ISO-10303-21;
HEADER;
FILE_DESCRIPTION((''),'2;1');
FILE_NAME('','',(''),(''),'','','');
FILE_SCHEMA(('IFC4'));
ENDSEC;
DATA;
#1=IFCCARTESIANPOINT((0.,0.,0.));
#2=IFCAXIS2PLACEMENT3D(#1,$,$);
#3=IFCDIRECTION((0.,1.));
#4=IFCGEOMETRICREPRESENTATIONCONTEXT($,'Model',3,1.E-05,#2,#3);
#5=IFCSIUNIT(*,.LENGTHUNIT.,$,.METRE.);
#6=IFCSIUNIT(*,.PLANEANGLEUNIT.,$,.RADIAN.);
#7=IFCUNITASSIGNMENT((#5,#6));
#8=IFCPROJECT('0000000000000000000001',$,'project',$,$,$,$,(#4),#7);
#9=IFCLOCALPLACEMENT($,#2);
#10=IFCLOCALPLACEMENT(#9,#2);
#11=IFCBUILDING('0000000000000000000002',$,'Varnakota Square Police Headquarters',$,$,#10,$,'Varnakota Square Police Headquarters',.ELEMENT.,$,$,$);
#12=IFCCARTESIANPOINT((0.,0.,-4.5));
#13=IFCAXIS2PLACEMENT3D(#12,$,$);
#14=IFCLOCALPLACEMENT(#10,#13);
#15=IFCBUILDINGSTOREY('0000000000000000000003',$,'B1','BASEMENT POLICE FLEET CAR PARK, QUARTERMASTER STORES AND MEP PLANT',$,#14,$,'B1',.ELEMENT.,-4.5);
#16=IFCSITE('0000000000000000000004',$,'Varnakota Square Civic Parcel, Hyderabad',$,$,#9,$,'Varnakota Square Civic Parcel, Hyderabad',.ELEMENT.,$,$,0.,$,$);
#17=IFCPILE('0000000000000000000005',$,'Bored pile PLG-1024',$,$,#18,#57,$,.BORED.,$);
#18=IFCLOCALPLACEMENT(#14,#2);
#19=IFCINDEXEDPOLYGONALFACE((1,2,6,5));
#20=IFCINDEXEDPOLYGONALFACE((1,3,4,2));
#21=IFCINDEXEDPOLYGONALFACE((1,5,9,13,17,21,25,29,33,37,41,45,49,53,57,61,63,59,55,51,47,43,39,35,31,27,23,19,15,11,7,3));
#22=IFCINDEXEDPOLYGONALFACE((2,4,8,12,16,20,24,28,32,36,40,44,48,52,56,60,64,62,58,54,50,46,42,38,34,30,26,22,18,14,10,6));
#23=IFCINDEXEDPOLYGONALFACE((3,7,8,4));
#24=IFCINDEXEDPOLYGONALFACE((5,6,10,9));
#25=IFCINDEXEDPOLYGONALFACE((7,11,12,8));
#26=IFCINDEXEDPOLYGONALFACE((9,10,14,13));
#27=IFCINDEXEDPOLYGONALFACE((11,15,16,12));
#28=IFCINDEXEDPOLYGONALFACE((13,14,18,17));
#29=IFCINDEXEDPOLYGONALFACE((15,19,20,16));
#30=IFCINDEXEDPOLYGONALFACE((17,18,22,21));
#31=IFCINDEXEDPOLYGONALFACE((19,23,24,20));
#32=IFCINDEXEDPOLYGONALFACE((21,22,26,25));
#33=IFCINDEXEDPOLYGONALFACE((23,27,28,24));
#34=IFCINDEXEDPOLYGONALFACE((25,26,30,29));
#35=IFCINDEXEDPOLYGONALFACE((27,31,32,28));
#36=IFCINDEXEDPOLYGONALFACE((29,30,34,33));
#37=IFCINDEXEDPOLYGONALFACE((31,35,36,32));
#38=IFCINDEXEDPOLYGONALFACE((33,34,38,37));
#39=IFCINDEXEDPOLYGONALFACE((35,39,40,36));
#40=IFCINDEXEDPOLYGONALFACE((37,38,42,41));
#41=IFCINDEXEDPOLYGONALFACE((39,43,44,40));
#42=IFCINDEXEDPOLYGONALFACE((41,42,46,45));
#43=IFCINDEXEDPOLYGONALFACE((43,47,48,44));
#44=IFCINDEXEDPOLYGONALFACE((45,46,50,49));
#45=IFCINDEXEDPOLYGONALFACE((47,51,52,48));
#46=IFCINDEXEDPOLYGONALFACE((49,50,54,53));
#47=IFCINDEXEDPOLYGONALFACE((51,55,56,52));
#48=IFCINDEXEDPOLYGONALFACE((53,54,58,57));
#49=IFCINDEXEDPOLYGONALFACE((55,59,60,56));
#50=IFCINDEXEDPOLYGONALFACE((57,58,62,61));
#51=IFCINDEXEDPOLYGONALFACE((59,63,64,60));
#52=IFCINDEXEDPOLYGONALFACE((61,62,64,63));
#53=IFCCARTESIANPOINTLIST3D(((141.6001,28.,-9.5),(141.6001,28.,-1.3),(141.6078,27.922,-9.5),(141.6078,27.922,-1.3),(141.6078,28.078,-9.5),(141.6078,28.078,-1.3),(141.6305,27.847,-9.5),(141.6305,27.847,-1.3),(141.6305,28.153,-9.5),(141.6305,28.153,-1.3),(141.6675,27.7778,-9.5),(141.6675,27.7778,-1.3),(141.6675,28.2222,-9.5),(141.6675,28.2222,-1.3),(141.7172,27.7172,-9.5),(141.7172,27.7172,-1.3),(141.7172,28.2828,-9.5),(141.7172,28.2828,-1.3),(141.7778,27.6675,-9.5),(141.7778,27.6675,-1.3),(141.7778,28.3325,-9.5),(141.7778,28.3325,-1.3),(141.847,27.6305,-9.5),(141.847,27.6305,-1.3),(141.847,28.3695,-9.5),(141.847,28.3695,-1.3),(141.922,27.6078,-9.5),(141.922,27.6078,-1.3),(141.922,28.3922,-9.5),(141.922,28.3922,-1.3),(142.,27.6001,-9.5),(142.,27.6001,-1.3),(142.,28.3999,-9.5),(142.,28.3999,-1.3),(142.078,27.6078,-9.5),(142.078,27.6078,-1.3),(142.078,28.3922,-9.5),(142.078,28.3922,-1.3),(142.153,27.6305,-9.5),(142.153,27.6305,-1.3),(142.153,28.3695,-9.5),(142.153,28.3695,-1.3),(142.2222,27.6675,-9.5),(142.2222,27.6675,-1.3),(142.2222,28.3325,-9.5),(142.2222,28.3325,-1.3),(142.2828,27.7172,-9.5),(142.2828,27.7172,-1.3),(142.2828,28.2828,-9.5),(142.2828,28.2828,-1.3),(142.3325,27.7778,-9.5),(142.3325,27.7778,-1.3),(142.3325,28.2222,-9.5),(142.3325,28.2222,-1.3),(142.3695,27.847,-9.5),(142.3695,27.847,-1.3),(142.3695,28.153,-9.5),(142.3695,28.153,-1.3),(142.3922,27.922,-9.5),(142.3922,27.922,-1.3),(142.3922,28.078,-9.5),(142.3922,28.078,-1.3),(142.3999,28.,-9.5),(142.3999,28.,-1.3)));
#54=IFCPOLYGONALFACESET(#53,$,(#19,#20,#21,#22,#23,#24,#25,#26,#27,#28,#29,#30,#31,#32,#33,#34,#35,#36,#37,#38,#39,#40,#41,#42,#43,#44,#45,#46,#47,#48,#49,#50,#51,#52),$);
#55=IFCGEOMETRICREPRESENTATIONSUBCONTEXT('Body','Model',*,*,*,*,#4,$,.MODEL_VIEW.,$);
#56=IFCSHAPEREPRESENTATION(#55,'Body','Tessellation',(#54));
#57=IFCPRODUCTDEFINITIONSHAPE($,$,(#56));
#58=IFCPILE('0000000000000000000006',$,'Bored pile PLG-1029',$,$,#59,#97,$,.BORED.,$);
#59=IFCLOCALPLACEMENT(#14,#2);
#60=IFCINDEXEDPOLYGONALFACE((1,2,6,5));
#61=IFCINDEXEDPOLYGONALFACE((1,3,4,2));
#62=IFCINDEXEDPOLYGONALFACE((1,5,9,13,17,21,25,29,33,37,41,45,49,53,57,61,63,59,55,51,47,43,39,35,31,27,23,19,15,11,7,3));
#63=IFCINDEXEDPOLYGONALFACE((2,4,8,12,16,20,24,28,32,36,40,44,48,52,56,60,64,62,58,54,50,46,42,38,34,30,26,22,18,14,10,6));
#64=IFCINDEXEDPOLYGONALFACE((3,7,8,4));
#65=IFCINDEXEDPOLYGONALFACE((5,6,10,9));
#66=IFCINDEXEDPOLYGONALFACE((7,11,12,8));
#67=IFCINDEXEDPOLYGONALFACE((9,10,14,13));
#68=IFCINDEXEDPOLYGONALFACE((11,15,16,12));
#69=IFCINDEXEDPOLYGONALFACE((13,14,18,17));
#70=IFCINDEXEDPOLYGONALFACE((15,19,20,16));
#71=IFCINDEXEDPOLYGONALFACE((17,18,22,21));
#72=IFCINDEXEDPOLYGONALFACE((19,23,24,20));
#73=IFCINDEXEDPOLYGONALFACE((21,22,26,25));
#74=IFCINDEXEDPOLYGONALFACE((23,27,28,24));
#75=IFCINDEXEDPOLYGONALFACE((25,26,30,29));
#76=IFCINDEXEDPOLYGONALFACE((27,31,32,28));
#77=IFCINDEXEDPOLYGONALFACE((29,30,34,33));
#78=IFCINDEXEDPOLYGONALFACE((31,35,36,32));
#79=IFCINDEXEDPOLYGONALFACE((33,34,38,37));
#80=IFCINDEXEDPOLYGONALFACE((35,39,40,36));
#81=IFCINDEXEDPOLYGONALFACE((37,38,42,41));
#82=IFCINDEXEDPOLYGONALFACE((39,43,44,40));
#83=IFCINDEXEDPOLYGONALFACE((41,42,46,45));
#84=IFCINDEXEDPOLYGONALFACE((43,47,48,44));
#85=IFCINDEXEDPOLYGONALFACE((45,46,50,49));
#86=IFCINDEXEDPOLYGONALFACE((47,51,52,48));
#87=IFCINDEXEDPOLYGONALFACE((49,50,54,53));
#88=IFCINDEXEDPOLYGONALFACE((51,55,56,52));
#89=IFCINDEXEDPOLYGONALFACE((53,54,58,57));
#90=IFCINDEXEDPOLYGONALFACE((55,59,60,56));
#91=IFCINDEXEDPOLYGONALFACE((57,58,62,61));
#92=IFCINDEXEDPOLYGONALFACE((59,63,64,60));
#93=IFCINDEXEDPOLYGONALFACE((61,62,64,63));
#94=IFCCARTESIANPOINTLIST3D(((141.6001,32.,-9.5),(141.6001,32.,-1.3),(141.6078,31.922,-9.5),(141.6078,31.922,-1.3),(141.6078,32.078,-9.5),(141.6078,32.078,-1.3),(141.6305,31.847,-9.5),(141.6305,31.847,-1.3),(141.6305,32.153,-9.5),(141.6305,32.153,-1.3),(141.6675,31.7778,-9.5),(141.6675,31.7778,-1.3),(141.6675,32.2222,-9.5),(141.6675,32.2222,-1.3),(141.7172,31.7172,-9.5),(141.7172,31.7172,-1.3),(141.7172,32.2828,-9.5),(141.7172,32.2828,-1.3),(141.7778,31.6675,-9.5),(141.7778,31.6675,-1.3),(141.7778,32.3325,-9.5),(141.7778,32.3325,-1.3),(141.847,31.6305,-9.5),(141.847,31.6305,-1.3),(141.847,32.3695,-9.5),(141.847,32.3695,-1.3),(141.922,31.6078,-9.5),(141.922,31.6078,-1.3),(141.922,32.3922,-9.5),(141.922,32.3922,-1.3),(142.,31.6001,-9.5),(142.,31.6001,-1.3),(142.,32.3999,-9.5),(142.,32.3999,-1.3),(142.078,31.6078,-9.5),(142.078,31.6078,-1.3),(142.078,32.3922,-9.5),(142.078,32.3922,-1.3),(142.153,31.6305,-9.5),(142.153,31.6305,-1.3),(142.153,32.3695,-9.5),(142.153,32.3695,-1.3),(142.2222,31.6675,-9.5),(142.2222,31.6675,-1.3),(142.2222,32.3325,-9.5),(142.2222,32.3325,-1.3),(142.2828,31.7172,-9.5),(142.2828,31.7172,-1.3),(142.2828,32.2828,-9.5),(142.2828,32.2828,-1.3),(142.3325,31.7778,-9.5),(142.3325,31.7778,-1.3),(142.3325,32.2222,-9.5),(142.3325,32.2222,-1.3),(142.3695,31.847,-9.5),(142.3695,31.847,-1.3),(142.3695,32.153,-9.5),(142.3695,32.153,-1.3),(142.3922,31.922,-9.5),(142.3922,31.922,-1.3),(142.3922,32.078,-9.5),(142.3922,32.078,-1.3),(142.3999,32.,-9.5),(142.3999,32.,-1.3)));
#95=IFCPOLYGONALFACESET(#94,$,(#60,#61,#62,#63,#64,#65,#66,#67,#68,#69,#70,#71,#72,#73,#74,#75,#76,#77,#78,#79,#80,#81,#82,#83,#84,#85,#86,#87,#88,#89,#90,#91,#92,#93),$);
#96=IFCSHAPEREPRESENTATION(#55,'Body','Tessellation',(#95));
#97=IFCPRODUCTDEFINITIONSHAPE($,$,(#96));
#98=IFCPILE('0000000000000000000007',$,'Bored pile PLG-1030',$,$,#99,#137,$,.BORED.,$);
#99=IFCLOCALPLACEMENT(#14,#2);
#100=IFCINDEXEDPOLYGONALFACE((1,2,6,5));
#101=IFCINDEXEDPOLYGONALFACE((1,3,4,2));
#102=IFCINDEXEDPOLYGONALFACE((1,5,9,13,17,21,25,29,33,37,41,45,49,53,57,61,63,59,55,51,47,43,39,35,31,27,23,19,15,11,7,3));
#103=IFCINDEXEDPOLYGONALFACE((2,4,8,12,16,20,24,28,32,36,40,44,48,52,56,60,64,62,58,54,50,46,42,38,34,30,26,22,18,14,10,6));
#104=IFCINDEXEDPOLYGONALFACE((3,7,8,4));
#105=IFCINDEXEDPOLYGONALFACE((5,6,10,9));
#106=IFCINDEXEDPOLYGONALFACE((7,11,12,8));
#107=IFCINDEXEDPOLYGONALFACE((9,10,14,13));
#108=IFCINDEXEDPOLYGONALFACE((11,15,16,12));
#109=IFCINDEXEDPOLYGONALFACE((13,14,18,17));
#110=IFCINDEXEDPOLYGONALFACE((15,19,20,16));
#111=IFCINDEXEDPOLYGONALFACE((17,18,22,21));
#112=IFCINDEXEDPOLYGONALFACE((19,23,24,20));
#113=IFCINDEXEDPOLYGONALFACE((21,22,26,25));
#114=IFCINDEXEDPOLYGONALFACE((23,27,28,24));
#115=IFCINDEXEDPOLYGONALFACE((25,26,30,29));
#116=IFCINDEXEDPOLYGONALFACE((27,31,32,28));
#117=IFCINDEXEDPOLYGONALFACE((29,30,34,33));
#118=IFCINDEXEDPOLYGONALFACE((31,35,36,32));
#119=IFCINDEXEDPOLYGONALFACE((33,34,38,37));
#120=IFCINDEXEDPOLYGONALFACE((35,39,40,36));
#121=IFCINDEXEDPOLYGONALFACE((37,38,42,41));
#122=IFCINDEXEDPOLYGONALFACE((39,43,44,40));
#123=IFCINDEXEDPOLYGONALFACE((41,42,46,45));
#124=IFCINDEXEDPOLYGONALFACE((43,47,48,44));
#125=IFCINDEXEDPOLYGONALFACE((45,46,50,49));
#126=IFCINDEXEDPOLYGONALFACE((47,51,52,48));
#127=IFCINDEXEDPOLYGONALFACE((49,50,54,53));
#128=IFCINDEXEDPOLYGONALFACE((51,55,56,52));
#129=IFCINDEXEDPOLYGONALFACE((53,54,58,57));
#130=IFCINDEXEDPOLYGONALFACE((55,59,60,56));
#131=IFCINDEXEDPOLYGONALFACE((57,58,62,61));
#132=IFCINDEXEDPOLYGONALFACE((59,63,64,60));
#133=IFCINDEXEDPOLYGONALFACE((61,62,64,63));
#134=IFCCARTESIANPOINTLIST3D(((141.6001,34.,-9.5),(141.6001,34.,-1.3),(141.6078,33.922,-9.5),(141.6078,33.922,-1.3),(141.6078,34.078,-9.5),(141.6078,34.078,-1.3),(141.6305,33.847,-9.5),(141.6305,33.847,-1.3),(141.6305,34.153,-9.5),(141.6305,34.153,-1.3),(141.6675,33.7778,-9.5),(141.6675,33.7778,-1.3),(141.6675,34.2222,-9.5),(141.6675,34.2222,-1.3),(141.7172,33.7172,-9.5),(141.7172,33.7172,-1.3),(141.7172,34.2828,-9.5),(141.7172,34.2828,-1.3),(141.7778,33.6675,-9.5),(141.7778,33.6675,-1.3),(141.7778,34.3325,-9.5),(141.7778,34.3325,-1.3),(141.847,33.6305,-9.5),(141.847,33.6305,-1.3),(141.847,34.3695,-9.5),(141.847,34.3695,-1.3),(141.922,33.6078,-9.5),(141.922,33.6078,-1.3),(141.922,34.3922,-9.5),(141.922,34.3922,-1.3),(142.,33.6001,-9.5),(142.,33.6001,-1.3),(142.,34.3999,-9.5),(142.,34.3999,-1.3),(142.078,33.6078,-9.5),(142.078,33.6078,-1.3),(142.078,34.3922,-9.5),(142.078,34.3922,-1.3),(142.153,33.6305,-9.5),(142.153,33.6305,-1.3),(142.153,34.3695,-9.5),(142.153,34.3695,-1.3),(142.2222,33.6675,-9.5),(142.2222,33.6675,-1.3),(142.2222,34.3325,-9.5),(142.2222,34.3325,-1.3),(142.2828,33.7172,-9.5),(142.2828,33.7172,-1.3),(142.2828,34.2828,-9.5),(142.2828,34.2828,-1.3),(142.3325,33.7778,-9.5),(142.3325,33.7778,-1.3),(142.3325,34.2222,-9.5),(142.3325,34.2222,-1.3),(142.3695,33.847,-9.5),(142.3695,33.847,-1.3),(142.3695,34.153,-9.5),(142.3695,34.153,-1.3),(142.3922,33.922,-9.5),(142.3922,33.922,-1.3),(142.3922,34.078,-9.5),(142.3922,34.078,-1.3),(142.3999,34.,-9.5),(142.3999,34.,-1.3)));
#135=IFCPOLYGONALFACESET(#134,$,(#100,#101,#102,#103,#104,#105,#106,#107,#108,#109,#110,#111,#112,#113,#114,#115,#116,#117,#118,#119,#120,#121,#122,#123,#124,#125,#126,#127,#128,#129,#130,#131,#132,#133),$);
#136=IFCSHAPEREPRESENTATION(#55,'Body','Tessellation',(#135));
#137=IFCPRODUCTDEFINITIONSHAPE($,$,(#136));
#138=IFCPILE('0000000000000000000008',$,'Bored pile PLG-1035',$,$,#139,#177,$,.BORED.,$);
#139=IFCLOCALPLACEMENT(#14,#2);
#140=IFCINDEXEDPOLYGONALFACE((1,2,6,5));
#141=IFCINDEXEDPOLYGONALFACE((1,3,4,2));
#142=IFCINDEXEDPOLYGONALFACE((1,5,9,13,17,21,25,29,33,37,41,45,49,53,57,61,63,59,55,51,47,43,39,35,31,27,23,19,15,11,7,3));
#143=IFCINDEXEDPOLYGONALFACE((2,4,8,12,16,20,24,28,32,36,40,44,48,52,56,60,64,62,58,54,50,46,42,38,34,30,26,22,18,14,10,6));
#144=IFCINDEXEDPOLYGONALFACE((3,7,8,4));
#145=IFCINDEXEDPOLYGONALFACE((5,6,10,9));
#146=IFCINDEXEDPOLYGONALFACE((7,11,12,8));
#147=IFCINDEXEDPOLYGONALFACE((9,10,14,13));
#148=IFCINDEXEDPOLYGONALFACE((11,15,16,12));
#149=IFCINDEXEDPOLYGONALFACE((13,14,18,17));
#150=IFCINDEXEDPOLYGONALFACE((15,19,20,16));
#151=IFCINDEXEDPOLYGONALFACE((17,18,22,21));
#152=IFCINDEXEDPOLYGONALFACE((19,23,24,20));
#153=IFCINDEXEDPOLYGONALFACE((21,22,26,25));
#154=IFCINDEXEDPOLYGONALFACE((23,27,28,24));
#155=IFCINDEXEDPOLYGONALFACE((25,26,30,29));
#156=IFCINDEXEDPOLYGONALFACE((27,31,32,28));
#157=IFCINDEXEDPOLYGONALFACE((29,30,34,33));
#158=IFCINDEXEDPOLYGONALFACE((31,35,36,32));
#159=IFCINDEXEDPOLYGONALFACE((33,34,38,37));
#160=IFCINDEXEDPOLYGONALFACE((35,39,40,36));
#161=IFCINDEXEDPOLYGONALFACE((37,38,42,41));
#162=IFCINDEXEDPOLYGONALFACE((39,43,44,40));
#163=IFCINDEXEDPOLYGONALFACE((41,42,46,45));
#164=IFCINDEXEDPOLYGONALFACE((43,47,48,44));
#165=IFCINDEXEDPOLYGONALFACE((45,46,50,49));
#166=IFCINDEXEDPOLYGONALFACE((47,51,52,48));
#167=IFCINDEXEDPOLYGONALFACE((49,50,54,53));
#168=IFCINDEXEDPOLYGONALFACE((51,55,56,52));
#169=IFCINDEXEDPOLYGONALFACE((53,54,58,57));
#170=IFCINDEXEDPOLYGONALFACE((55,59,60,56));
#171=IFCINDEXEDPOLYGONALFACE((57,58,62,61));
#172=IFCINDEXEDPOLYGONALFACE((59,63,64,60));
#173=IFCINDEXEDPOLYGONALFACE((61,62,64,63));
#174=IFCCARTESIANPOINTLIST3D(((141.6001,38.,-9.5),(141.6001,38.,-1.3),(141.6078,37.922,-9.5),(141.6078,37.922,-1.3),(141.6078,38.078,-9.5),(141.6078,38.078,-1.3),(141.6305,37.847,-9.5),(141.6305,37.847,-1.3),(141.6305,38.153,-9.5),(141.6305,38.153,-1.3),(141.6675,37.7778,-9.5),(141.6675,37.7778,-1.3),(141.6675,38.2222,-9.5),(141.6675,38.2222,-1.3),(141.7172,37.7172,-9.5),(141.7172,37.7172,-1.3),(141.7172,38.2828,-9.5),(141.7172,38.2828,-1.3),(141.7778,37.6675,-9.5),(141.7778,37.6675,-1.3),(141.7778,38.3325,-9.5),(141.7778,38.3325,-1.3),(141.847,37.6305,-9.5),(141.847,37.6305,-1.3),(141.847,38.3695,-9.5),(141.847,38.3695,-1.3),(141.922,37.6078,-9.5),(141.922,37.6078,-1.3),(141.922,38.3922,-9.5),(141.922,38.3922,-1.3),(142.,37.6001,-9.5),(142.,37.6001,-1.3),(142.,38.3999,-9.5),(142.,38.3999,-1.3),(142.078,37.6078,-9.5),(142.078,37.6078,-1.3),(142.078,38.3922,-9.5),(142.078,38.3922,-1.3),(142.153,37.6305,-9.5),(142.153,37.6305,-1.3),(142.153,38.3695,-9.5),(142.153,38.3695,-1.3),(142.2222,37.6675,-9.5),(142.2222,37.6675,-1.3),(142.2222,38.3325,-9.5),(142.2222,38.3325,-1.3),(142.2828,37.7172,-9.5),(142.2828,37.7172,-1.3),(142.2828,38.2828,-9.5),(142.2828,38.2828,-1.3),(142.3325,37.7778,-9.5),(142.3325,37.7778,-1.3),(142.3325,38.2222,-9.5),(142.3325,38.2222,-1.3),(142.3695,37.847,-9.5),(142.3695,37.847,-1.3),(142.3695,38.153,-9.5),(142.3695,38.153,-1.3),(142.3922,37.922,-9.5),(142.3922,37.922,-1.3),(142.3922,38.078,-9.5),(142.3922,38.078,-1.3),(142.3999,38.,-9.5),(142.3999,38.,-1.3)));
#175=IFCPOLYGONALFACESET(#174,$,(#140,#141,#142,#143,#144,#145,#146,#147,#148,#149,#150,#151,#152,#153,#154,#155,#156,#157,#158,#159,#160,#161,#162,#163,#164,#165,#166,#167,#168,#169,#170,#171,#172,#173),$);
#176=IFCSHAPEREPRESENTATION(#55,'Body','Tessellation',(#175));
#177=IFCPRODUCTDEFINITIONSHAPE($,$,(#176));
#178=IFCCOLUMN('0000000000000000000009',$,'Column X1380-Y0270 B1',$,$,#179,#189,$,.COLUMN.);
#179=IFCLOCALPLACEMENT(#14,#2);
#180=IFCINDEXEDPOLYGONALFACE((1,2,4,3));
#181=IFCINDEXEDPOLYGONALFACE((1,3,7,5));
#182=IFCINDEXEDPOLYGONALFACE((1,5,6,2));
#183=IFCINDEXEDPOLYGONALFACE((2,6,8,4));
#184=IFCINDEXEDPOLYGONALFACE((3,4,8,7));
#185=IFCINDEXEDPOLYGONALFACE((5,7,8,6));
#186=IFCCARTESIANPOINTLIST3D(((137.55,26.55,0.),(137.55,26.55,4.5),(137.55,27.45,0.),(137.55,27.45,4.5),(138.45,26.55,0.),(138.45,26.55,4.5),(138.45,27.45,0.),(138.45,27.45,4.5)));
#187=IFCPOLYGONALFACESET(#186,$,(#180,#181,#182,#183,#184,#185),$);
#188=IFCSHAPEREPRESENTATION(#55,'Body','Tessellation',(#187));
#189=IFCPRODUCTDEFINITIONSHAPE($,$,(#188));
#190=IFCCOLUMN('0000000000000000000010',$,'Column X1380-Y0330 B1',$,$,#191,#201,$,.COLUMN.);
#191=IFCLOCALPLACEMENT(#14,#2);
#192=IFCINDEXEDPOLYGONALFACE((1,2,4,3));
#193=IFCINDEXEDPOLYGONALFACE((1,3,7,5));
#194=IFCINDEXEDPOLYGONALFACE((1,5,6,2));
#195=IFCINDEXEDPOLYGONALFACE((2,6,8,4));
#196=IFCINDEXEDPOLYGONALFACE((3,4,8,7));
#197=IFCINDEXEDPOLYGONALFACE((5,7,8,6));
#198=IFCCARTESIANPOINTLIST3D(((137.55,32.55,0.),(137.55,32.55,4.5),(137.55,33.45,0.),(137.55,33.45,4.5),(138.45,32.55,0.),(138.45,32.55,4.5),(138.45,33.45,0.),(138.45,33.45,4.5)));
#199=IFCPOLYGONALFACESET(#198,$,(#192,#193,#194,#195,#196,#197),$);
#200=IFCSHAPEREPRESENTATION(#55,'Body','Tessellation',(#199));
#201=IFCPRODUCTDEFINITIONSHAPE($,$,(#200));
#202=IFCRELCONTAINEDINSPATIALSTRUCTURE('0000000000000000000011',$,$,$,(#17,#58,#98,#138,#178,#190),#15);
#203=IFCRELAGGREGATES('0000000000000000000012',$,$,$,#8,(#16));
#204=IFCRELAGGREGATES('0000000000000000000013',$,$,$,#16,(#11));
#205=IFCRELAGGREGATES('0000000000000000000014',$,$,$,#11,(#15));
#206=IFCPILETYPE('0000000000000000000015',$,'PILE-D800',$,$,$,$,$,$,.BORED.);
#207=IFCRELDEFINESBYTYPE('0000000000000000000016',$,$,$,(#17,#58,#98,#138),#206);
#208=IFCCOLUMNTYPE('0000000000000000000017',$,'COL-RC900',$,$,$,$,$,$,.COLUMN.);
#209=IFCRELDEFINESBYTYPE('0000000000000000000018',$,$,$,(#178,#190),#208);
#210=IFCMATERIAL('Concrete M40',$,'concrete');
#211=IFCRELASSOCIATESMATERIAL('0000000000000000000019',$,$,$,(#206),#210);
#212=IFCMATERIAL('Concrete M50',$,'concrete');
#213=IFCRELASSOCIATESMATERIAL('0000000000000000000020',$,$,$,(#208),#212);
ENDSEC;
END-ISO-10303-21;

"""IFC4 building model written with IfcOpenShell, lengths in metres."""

from ifc_helpers import new_model, si_unit, direction, frame, origin, origin_2d, place, context, subcontext, project, spatial, rectangle, circle, extrude, material, material_profile, profile_set, type_object, element, save


model = new_model("IFC4")

# Units and contexts
model_context = context("Model", 3, precision=1e-05, world=origin(), true_north=direction((0.0, 1.0)))
body_context = subcontext(model_context, "Body", "Model", "MODEL_VIEW")
ifc_project = project(units=[si_unit("LENGTHUNIT", "METRE"), si_unit("PLANEANGLEUNIT", "RADIAN")], contexts=[model_context])

# Site, building, storey
site_placement = place(None, origin())
site = spatial("IfcSite", under=ifc_project, at=site_placement, Name="Varnakota Square Civic Parcel, Hyderabad", LongName="Varnakota Square Civic Parcel, Hyderabad", CompositionType="ELEMENT", RefElevation=0.0)
building_placement = place(site_placement, origin())
building = spatial("IfcBuilding", under=site, at=building_placement, Name="Varnakota Square Police Headquarters", LongName="Varnakota Square Police Headquarters", CompositionType="ELEMENT")
storey_placement = place(building_placement, frame((0.0, 0.0, -4.5)))
storey = spatial("IfcBuildingStorey", under=building, at=storey_placement, Name="B1", Description="BASEMENT POLICE FLEET CAR PARK, QUARTERMASTER STORES AND MEP PLANT", LongName="B1", CompositionType="ELEMENT", Elevation=-4.5)

# Shared definitions
ifc_material_1 = material(Name="Concrete M40", Category="concrete")
ifc_material_2 = material(Name="Concrete M50", Category="concrete")

# Piles
ifc_material_profile_1 = material_profile(ifc_material_1, circle(Radius=0.3999, at=origin_2d()), Name="BORED PILE 800")
ifc_profile_set_1 = profile_set([ifc_material_profile_1], Name="Concrete M40")
pile_type = type_object("IfcPileType", Name="PILE-D800", PredefinedType="BORED", material=ifc_profile_set_1)
for number, where, z_axis, x_axis, name in (
    (1, (142.0, 28.0, -1.3), (0.0, 0.0, -1.0), (1.0, 0.0, 0.0), "Bored pile PLG-1024"),
    (2, (142.0, 32.0, -1.3), (0.0, 0.0, -1.0), (1.0, 0.0, 0.0), "Bored pile PLG-1029"),
    (3, (142.0, 34.0, -1.3), (0.0, 0.0, -1.0), (1.0, 0.0, 0.0), "Bored pile PLG-1030"),
    (4, (142.0, 38.0, -1.3), (0.0, 0.0, -1.0), (1.0, 0.0, 0.0), "Bored pile PLG-1035"),
):
    element("IfcPile", number, at=place(storey_placement, frame(where, z_axis=z_axis, x_axis=x_axis)), inside=storey, type_object=pile_type, Name=name, PredefinedType="BORED", context=body_context, shape_type="SweptSolid", body=[
        extrude(circle(Radius=0.3999, at=origin_2d()), origin(), (0.0, 0.0, 1.0), 8.2),
    ])

# Columns
ifc_material_profile_2 = material_profile(ifc_material_2, rectangle(XDim=0.8999, YDim=0.8999, at=origin_2d()), Name="RC 900x900")
ifc_profile_set_2 = profile_set([ifc_material_profile_2], Name="Concrete M50")
column_type = type_object("IfcColumnType", Name="COL-RC900", PredefinedType="COLUMN", material=ifc_profile_set_2)
for number, where, z_axis, x_axis, name in (
    (5, (138.0, 27.0, 0.0), (0.0, 0.0, 1.0), (1.0, 0.0, 0.0), "Column X1380-Y0270 B1"),
    (6, (138.0, 33.0, 0.0), (0.0, 0.0, 1.0), (1.0, 0.0, 0.0), "Column X1380-Y0330 B1"),
):
    element("IfcColumn", number, at=place(storey_placement, frame(where, z_axis=z_axis, x_axis=x_axis)), inside=storey, type_object=column_type, Name=name, PredefinedType="COLUMN", context=body_context, shape_type="SweptSolid", body=[
        extrude(rectangle(XDim=0.8999, YDim=0.8999, at=origin_2d()), origin(), (0.0, 0.0, 1.0), 4.5),
    ])

save(model, "model.ifc")
